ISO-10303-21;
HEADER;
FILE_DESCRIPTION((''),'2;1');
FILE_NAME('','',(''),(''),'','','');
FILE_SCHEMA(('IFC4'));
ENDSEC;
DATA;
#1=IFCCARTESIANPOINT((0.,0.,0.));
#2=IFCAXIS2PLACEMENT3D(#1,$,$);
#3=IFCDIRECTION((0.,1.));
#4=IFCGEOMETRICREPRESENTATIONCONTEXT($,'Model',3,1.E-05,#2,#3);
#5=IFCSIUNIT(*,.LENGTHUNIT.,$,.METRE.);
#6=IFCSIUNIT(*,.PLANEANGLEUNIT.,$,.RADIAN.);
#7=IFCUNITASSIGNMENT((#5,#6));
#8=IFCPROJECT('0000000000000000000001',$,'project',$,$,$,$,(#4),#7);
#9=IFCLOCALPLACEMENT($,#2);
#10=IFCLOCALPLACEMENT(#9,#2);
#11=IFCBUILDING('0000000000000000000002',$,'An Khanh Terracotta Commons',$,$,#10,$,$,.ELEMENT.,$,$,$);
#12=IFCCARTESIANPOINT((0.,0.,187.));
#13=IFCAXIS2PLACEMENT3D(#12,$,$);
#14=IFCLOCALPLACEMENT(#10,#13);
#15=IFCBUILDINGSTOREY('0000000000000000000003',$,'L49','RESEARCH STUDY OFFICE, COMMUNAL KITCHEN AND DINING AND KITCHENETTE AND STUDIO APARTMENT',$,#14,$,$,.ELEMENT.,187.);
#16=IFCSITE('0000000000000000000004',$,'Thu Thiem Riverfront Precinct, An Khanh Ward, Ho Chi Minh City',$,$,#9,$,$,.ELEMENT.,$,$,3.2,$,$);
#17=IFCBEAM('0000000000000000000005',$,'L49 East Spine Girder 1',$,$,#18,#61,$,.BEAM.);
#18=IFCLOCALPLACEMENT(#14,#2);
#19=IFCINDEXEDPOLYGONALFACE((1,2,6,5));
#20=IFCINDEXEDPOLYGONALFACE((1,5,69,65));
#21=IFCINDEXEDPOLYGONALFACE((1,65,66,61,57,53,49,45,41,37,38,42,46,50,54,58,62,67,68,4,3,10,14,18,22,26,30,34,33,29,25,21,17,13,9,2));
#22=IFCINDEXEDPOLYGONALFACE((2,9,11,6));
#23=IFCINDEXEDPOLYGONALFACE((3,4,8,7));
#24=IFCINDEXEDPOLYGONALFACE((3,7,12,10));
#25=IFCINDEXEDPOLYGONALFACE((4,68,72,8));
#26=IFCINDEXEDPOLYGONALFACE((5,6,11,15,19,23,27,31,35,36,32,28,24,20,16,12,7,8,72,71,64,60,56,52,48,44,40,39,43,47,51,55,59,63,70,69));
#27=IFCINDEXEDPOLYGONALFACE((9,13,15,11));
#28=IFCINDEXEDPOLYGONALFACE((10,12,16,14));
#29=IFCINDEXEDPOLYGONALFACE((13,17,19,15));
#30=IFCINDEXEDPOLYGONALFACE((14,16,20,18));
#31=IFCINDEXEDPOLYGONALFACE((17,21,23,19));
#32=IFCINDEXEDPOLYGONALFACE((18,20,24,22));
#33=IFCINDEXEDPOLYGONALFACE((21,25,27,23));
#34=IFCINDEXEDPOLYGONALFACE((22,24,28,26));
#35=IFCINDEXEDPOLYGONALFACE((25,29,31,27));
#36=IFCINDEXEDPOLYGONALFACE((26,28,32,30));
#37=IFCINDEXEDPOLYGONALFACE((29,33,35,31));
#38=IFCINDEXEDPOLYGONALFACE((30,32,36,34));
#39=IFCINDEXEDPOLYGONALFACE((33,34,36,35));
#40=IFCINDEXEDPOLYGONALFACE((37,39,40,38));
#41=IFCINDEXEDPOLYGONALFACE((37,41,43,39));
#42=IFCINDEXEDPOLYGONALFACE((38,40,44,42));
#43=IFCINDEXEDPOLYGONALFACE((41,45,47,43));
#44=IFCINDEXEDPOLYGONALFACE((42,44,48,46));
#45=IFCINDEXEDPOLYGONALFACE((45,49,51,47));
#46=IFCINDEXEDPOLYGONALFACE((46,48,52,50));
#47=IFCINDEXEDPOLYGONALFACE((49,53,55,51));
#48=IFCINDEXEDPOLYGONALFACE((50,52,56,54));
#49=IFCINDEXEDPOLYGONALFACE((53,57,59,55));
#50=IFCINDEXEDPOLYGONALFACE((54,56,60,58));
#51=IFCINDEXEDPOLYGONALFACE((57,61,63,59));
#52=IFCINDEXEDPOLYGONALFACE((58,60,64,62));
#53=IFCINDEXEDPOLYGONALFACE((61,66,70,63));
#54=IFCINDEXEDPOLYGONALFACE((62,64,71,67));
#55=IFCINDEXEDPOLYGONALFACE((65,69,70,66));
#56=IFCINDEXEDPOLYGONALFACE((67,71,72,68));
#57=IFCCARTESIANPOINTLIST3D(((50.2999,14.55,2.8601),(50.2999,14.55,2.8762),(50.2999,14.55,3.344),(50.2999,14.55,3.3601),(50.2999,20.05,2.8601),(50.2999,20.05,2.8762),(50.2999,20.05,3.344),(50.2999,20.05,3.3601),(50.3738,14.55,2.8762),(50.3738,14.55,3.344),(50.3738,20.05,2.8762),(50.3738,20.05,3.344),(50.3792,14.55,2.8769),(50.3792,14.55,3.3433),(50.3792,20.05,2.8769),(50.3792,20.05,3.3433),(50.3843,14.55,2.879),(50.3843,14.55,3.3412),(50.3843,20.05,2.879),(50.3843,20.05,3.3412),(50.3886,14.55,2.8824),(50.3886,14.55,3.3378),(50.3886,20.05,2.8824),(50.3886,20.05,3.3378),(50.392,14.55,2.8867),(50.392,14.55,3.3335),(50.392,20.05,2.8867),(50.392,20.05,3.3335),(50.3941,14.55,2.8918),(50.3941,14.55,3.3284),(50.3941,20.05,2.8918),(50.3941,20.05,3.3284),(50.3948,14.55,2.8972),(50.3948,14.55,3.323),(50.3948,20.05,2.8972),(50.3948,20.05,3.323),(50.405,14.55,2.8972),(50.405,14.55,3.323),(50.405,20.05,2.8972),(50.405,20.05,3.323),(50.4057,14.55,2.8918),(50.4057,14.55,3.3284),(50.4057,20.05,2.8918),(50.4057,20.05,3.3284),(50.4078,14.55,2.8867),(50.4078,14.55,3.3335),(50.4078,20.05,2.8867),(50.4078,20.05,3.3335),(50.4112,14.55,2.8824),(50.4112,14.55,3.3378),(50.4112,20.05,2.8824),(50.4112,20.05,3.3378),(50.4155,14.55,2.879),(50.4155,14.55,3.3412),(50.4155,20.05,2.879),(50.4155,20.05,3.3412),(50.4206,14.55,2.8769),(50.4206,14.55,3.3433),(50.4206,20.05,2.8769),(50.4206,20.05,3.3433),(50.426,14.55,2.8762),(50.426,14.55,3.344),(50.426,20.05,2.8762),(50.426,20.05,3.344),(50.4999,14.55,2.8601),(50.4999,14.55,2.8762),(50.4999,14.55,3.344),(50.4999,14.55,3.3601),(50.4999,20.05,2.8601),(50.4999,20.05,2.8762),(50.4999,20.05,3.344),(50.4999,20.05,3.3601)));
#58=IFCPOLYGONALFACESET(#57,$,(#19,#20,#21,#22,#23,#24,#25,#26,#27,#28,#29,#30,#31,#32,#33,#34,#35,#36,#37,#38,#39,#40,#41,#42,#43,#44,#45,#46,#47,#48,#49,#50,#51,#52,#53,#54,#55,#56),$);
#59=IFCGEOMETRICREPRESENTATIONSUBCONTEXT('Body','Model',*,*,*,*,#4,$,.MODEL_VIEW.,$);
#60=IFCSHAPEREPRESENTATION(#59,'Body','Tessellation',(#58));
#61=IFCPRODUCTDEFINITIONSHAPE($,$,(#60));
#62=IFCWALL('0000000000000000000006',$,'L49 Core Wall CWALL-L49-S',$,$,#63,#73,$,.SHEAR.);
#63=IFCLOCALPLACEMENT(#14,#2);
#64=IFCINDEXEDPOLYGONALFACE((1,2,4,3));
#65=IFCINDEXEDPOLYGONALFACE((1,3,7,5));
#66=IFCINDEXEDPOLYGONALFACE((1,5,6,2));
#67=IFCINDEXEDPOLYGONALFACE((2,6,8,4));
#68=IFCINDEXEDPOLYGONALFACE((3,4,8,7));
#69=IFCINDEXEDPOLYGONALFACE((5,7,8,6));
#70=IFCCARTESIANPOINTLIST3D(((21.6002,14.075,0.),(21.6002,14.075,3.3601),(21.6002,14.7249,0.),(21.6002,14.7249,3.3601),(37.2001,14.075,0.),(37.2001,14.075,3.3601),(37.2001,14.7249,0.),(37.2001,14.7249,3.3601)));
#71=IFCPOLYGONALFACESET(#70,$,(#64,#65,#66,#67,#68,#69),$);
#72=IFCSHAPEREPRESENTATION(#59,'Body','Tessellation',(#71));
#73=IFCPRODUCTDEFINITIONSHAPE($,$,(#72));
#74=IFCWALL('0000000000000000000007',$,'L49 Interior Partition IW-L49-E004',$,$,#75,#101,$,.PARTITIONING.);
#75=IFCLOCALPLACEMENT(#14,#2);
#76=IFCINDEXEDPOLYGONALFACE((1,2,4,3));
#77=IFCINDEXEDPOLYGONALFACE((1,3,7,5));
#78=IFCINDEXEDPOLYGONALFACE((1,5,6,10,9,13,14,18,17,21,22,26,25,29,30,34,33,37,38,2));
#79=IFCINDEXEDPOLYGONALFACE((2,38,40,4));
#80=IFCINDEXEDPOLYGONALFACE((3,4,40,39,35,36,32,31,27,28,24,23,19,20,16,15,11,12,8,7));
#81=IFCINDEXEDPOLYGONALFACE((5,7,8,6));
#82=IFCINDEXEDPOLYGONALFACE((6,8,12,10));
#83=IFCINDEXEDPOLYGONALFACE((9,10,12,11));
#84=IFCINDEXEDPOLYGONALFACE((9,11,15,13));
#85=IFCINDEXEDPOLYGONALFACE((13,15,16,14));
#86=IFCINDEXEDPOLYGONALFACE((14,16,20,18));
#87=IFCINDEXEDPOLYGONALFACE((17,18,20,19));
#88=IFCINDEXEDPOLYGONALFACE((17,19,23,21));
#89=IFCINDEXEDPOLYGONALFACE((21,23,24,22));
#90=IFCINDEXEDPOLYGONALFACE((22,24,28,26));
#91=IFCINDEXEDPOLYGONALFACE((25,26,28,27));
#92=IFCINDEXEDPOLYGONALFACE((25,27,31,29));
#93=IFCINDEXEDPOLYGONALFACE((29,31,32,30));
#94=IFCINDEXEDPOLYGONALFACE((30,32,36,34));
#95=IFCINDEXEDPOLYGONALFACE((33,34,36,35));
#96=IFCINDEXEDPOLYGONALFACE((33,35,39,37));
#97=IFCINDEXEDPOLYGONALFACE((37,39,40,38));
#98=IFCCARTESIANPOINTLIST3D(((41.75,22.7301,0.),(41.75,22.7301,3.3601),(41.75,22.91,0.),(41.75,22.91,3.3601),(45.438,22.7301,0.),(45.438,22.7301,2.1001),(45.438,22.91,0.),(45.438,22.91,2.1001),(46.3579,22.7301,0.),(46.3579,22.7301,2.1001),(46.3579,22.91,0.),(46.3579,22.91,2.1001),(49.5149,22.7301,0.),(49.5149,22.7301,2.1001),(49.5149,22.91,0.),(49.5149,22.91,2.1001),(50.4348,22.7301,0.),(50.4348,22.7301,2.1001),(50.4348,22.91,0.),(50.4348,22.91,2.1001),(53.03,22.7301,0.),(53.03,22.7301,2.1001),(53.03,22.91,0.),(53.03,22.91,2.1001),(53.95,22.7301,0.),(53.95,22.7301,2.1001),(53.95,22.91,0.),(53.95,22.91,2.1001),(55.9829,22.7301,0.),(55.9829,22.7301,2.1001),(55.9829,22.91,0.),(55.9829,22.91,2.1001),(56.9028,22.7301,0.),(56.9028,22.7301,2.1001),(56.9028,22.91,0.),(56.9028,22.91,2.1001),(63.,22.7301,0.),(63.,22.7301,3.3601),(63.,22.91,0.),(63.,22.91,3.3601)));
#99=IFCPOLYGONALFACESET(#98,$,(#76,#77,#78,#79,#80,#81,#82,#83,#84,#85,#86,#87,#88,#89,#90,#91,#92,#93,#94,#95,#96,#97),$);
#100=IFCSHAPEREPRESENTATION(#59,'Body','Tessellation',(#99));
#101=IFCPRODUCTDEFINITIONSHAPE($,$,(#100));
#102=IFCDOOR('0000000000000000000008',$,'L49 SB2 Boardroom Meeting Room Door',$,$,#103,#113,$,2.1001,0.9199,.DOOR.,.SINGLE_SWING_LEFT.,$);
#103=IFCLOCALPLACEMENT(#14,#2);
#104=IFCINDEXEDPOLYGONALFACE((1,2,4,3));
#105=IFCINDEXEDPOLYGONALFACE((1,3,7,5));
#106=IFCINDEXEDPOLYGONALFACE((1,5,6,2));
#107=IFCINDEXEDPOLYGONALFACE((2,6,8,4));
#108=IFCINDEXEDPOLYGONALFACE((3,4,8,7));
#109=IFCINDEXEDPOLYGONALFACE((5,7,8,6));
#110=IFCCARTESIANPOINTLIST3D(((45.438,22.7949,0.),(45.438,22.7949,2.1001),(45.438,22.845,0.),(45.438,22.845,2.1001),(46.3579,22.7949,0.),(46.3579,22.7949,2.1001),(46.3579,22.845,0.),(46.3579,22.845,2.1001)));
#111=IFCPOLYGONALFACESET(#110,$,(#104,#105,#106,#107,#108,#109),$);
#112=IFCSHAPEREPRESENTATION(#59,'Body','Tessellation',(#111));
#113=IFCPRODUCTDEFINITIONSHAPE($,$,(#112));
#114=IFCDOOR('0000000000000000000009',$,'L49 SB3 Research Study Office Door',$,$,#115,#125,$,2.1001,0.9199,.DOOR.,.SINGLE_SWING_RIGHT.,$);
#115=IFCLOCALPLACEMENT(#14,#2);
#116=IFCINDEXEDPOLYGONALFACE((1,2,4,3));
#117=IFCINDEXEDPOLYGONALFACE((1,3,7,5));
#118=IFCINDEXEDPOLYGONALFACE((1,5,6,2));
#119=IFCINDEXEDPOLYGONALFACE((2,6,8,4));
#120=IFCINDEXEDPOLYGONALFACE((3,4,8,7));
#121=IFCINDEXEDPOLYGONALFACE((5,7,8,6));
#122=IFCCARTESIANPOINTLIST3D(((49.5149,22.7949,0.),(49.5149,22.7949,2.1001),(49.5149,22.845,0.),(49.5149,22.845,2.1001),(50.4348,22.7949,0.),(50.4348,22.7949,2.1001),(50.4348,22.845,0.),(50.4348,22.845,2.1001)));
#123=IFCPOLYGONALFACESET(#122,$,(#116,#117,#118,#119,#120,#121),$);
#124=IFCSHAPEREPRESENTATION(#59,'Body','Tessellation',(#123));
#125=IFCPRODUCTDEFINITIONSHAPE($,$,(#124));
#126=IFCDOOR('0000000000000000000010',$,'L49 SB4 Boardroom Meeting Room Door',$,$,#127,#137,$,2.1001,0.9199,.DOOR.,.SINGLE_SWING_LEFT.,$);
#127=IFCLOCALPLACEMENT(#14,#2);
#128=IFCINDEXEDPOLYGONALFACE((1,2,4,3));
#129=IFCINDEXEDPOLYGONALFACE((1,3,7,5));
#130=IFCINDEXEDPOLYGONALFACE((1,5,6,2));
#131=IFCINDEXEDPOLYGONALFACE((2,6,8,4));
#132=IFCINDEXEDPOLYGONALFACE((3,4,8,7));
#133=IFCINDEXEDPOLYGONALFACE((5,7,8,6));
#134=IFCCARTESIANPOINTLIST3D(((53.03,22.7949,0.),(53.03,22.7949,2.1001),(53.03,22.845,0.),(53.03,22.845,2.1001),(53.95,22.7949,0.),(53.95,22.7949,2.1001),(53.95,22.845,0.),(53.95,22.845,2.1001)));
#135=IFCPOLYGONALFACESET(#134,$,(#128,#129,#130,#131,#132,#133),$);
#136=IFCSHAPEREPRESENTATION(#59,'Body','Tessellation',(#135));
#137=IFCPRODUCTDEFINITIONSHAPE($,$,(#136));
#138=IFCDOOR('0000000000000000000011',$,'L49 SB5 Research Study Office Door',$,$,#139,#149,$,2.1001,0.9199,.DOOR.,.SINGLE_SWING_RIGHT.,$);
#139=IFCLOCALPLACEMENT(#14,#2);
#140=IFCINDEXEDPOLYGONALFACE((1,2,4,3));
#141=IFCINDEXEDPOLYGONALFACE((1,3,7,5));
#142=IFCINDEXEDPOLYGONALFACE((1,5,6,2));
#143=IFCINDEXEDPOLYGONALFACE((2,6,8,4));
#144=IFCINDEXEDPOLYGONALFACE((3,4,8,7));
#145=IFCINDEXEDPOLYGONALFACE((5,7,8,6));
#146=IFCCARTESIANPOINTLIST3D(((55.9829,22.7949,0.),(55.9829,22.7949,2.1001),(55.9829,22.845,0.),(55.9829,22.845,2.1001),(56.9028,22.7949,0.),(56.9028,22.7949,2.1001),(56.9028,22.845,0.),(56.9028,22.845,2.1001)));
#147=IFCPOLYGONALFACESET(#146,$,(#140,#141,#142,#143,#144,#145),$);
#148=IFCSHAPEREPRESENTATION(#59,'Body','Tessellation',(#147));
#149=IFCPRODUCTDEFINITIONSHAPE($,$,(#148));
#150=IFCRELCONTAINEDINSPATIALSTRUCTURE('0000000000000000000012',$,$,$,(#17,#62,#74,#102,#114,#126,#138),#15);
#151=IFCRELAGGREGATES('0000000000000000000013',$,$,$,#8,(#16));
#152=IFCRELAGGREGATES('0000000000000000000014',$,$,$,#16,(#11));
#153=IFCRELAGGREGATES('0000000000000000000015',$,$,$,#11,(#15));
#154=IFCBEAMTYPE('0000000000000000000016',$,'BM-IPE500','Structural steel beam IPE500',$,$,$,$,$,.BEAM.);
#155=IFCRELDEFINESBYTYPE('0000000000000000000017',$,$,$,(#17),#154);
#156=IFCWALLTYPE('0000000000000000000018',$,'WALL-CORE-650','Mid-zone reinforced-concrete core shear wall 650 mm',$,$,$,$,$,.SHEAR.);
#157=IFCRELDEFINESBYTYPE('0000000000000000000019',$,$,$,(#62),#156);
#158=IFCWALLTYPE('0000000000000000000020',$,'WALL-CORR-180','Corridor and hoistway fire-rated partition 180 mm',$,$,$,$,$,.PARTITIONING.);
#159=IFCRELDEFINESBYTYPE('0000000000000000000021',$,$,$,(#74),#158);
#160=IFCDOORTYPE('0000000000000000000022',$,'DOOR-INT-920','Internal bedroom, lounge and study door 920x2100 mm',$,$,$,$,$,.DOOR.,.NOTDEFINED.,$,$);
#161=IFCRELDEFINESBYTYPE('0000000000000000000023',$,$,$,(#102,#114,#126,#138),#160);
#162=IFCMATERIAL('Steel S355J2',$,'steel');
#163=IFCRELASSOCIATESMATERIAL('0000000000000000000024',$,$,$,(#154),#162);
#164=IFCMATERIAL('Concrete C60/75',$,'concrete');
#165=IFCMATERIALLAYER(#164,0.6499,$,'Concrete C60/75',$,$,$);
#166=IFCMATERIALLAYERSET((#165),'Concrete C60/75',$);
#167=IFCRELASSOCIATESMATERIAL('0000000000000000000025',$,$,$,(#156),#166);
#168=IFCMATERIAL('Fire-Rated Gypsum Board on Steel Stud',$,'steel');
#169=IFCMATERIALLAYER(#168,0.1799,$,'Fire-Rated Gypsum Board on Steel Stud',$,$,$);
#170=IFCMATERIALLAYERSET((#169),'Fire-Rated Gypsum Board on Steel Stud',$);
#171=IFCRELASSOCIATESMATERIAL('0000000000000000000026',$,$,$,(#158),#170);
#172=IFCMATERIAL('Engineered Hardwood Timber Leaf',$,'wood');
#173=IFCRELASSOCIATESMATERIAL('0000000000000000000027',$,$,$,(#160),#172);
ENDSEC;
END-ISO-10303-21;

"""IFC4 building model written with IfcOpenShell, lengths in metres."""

from ifc_helpers import new_model, si_unit, direction, frame, frame_2d, origin, origin_2d, place, context, subcontext, project, spatial, rectangle, i_section, extrude, material, layer, layer_set, material_profile, profile_set, type_object, element, fill, save


model = new_model("IFC4")

# Units and contexts
model_context = context("Model", 3, precision=1e-05, world=origin(), true_north=direction((0.0, 1.0)))
body_context = subcontext(model_context, "Body", "Model", "MODEL_VIEW")
ifc_project = project(units=[si_unit("LENGTHUNIT", "METRE"), si_unit("PLANEANGLEUNIT", "RADIAN")], contexts=[model_context])

# Site, building, storey
site_placement = place(None, origin())
site = spatial("IfcSite", under=ifc_project, at=site_placement, Name="Thu Thiem Riverfront Precinct, An Khanh Ward, Ho Chi Minh City", CompositionType="ELEMENT", RefElevation=3.2)
building_placement = place(site_placement, origin())
building = spatial("IfcBuilding", under=site, at=building_placement, Name="An Khanh Terracotta Commons", CompositionType="ELEMENT")
storey_placement = place(building_placement, frame((0.0, 0.0, 187.0)))
storey = spatial("IfcBuildingStorey", under=building, at=storey_placement, Name="L49", Description="RESEARCH STUDY OFFICE, COMMUNAL KITCHEN AND DINING AND KITCHENETTE AND STUDIO APARTMENT", CompositionType="ELEMENT", Elevation=187.0)

# Shared definitions
ifc_material_1 = material(Name="Concrete C60/75", Category="concrete")

# Beam
ifc_material_2 = material(Name="Steel S355J2", Category="steel")
ifc_material_profile_1 = material_profile(ifc_material_2, i_section(OverallWidth=0.2, OverallDepth=0.5, WebThickness=0.0103, FlangeThickness=0.0161, FilletRadius=0.021, at=origin_2d()), Name="IPE500")
ifc_profile_set_1 = profile_set([ifc_material_profile_1], Name="Steel S355J2")
beam_type_1 = type_object("IfcBeamType", Name="BM-IPE500", Description="Structural steel beam IPE500", PredefinedType="BEAM", material=ifc_profile_set_1)
beam_1_placement = place(storey_placement, frame((50.3999, 14.55, 3.1101), z_axis=(0.0, 1.0, 0.0), x_axis=(-1.0, 0.0, 0.0)))
element("IfcBeam", 1, at=beam_1_placement, inside=storey, type_object=beam_type_1, Name="L49 East Spine Girder 1", PredefinedType="BEAM", context=body_context, shape_type="SweptSolid", body=[
    extrude(i_section(OverallWidth=0.2, OverallDepth=0.5, WebThickness=0.0103, FlangeThickness=0.0161, FilletRadius=0.021, at=origin_2d()), origin(), (0.0, 0.0, 1.0), 5.5),
])

# Wall
ifc_layer_1 = layer(ifc_material_1, 0.6499, Name="Concrete C60/75")
ifc_layer_set_1 = layer_set([ifc_layer_1], Name="Concrete C60/75")
wall_type_1 = type_object("IfcWallType", Name="WALL-CORE-650", Description="Mid-zone reinforced-concrete core shear wall 650 mm", PredefinedType="SHEAR", material=ifc_layer_set_1)
wall_1_placement = place(storey_placement, frame((37.2, 14.3999, 0.0), z_axis=(0.0, 0.0, 1.0), x_axis=(-1.0, 0.0, 0.0)))
element("IfcWall", 2, at=wall_1_placement, inside=storey, type_object=wall_type_1, Name="L49 Core Wall CWALL-L49-S", PredefinedType="SHEAR", context=body_context, shape_type="SweptSolid", body=[
    extrude(rectangle(XDim=15.5999, YDim=0.6499, at=frame_2d((7.7998, 0.0))), origin(), (0.0, 0.0, 1.0), 3.3601),
])

# Wall, openings, doors
ifc_material_3 = material(Name="Fire-Rated Gypsum Board on Steel Stud", Category="steel")
ifc_layer_2 = layer(ifc_material_3, 0.1799, Name="Fire-Rated Gypsum Board on Steel Stud")
ifc_layer_set_2 = layer_set([ifc_layer_2], Name="Fire-Rated Gypsum Board on Steel Stud")
wall_type_2 = type_object("IfcWallType", Name="WALL-CORR-180", Description="Corridor and hoistway fire-rated partition 180 mm", PredefinedType="PARTITIONING", material=ifc_layer_set_2)
wall_2_placement = place(storey_placement, frame((41.75, 22.8201, 0.0), z_axis=(0.0, 0.0, 1.0), x_axis=(1.0, 0.0, 0.0)))
wall_2 = element("IfcWall", 3, at=wall_2_placement, inside=storey, type_object=wall_type_2, Name="L49 Interior Partition IW-L49-E004", PredefinedType="PARTITIONING", context=body_context, shape_type="SweptSolid", body=[
    extrude(rectangle(XDim=21.25, YDim=0.1799, at=frame_2d((10.625, 0.0))), origin(), (0.0, 0.0, 1.0), 3.3601),
])
opening_1_placement = place(wall_2_placement, frame((3.688, 0.0, 0.0)))
opening_1 = element("IfcOpeningElement", 4, at=opening_1_placement, cuts=wall_2, PredefinedType="OPENING", context=body_context, shape_type="SweptSolid", body=[
    extrude(rectangle(XDim=0.9199, YDim=2.1001, at=frame_2d((0.46, 1.05))), frame((0.0, 0.0999, 0.0), z_axis=(0.0, -1.0, 0.0), x_axis=(1.0, 0.0, 0.0)), (0.0, 0.0, 1.0), 0.2),
])
opening_2_placement = place(wall_2_placement, frame((7.7649, 0.0, 0.0)))
opening_2 = element("IfcOpeningElement", 5, at=opening_2_placement, cuts=wall_2, PredefinedType="OPENING", context=body_context, shape_type="SweptSolid", body=[
    extrude(rectangle(XDim=0.9199, YDim=2.1001, at=frame_2d((0.46, 1.05))), frame((0.0, 0.0999, 0.0), z_axis=(0.0, -1.0, 0.0), x_axis=(1.0, 0.0, 0.0)), (0.0, 0.0, 1.0), 0.2),
])
opening_3_placement = place(wall_2_placement, frame((11.28, 0.0, 0.0)))
opening_3 = element("IfcOpeningElement", 6, at=opening_3_placement, cuts=wall_2, PredefinedType="OPENING", context=body_context, shape_type="SweptSolid", body=[
    extrude(rectangle(XDim=0.9199, YDim=2.1001, at=frame_2d((0.46, 1.05))), frame((0.0, 0.0999, 0.0), z_axis=(0.0, -1.0, 0.0), x_axis=(1.0, 0.0, 0.0)), (0.0, 0.0, 1.0), 0.2),
])
opening_4_placement = place(wall_2_placement, frame((14.2329, 0.0, 0.0)))
opening_4 = element("IfcOpeningElement", 7, at=opening_4_placement, cuts=wall_2, PredefinedType="OPENING", context=body_context, shape_type="SweptSolid", body=[
    extrude(rectangle(XDim=0.9199, YDim=2.1001, at=frame_2d((0.46, 1.05))), frame((0.0, 0.0999, 0.0), z_axis=(0.0, -1.0, 0.0), x_axis=(1.0, 0.0, 0.0)), (0.0, 0.0, 1.0), 0.2),
])
ifc_material_4 = material(Name="Engineered Hardwood Timber Leaf", Category="wood")
door_type_1 = type_object("IfcDoorType", Name="DOOR-INT-920", Description="Internal bedroom, lounge and study door 920x2100 mm", OperationType="NOTDEFINED", PredefinedType="DOOR", material=ifc_material_4)
door_1_placement = place(opening_1_placement, origin())
door_1 = element("IfcDoor", 8, at=door_1_placement, inside=storey, type_object=door_type_1, Name="L49 SB2 Boardroom Meeting Room Door", OperationType="SINGLE_SWING_LEFT", OverallHeight=2.1001, OverallWidth=0.9199, PredefinedType="DOOR", context=body_context, shape_type="SweptSolid", body=[
    extrude(rectangle(XDim=0.9199, YDim=2.1001, at=frame_2d((0.46, 1.05))), frame((0.0, 0.0249, 0.0), z_axis=(0.0, -1.0, 0.0), x_axis=(1.0, 0.0, 0.0)), (0.0, 0.0, 1.0), 0.05),
])
fill(opening_1, door_1)
door_2_placement = place(opening_2_placement, origin())
door_2 = element("IfcDoor", 9, at=door_2_placement, inside=storey, type_object=door_type_1, Name="L49 SB3 Research Study Office Door", OperationType="SINGLE_SWING_RIGHT", OverallHeight=2.1001, OverallWidth=0.9199, PredefinedType="DOOR", context=body_context, shape_type="SweptSolid", body=[
    extrude(rectangle(XDim=0.9199, YDim=2.1001, at=frame_2d((0.46, 1.05))), frame((0.0, 0.0249, 0.0), z_axis=(0.0, -1.0, 0.0), x_axis=(1.0, 0.0, 0.0)), (0.0, 0.0, 1.0), 0.05),
])
fill(opening_2, door_2)
door_3_placement = place(opening_3_placement, origin())
door_3 = element("IfcDoor", 10, at=door_3_placement, inside=storey, type_object=door_type_1, Name="L49 SB4 Boardroom Meeting Room Door", OperationType="SINGLE_SWING_LEFT", OverallHeight=2.1001, OverallWidth=0.9199, PredefinedType="DOOR", context=body_context, shape_type="SweptSolid", body=[
    extrude(rectangle(XDim=0.9199, YDim=2.1001, at=frame_2d((0.46, 1.05))), frame((0.0, 0.0249, 0.0), z_axis=(0.0, -1.0, 0.0), x_axis=(1.0, 0.0, 0.0)), (0.0, 0.0, 1.0), 0.05),
])
fill(opening_3, door_3)
door_4_placement = place(opening_4_placement, origin())
door_4 = element("IfcDoor", 11, at=door_4_placement, inside=storey, type_object=door_type_1, Name="L49 SB5 Research Study Office Door", OperationType="SINGLE_SWING_RIGHT", OverallHeight=2.1001, OverallWidth=0.9199, PredefinedType="DOOR", context=body_context, shape_type="SweptSolid", body=[
    extrude(rectangle(XDim=0.9199, YDim=2.1001, at=frame_2d((0.46, 1.05))), frame((0.0, 0.0249, 0.0), z_axis=(0.0, -1.0, 0.0), x_axis=(1.0, 0.0, 0.0)), (0.0, 0.0, 1.0), 0.05),
])
fill(opening_4, door_4)

save(model, "model.ifc")
